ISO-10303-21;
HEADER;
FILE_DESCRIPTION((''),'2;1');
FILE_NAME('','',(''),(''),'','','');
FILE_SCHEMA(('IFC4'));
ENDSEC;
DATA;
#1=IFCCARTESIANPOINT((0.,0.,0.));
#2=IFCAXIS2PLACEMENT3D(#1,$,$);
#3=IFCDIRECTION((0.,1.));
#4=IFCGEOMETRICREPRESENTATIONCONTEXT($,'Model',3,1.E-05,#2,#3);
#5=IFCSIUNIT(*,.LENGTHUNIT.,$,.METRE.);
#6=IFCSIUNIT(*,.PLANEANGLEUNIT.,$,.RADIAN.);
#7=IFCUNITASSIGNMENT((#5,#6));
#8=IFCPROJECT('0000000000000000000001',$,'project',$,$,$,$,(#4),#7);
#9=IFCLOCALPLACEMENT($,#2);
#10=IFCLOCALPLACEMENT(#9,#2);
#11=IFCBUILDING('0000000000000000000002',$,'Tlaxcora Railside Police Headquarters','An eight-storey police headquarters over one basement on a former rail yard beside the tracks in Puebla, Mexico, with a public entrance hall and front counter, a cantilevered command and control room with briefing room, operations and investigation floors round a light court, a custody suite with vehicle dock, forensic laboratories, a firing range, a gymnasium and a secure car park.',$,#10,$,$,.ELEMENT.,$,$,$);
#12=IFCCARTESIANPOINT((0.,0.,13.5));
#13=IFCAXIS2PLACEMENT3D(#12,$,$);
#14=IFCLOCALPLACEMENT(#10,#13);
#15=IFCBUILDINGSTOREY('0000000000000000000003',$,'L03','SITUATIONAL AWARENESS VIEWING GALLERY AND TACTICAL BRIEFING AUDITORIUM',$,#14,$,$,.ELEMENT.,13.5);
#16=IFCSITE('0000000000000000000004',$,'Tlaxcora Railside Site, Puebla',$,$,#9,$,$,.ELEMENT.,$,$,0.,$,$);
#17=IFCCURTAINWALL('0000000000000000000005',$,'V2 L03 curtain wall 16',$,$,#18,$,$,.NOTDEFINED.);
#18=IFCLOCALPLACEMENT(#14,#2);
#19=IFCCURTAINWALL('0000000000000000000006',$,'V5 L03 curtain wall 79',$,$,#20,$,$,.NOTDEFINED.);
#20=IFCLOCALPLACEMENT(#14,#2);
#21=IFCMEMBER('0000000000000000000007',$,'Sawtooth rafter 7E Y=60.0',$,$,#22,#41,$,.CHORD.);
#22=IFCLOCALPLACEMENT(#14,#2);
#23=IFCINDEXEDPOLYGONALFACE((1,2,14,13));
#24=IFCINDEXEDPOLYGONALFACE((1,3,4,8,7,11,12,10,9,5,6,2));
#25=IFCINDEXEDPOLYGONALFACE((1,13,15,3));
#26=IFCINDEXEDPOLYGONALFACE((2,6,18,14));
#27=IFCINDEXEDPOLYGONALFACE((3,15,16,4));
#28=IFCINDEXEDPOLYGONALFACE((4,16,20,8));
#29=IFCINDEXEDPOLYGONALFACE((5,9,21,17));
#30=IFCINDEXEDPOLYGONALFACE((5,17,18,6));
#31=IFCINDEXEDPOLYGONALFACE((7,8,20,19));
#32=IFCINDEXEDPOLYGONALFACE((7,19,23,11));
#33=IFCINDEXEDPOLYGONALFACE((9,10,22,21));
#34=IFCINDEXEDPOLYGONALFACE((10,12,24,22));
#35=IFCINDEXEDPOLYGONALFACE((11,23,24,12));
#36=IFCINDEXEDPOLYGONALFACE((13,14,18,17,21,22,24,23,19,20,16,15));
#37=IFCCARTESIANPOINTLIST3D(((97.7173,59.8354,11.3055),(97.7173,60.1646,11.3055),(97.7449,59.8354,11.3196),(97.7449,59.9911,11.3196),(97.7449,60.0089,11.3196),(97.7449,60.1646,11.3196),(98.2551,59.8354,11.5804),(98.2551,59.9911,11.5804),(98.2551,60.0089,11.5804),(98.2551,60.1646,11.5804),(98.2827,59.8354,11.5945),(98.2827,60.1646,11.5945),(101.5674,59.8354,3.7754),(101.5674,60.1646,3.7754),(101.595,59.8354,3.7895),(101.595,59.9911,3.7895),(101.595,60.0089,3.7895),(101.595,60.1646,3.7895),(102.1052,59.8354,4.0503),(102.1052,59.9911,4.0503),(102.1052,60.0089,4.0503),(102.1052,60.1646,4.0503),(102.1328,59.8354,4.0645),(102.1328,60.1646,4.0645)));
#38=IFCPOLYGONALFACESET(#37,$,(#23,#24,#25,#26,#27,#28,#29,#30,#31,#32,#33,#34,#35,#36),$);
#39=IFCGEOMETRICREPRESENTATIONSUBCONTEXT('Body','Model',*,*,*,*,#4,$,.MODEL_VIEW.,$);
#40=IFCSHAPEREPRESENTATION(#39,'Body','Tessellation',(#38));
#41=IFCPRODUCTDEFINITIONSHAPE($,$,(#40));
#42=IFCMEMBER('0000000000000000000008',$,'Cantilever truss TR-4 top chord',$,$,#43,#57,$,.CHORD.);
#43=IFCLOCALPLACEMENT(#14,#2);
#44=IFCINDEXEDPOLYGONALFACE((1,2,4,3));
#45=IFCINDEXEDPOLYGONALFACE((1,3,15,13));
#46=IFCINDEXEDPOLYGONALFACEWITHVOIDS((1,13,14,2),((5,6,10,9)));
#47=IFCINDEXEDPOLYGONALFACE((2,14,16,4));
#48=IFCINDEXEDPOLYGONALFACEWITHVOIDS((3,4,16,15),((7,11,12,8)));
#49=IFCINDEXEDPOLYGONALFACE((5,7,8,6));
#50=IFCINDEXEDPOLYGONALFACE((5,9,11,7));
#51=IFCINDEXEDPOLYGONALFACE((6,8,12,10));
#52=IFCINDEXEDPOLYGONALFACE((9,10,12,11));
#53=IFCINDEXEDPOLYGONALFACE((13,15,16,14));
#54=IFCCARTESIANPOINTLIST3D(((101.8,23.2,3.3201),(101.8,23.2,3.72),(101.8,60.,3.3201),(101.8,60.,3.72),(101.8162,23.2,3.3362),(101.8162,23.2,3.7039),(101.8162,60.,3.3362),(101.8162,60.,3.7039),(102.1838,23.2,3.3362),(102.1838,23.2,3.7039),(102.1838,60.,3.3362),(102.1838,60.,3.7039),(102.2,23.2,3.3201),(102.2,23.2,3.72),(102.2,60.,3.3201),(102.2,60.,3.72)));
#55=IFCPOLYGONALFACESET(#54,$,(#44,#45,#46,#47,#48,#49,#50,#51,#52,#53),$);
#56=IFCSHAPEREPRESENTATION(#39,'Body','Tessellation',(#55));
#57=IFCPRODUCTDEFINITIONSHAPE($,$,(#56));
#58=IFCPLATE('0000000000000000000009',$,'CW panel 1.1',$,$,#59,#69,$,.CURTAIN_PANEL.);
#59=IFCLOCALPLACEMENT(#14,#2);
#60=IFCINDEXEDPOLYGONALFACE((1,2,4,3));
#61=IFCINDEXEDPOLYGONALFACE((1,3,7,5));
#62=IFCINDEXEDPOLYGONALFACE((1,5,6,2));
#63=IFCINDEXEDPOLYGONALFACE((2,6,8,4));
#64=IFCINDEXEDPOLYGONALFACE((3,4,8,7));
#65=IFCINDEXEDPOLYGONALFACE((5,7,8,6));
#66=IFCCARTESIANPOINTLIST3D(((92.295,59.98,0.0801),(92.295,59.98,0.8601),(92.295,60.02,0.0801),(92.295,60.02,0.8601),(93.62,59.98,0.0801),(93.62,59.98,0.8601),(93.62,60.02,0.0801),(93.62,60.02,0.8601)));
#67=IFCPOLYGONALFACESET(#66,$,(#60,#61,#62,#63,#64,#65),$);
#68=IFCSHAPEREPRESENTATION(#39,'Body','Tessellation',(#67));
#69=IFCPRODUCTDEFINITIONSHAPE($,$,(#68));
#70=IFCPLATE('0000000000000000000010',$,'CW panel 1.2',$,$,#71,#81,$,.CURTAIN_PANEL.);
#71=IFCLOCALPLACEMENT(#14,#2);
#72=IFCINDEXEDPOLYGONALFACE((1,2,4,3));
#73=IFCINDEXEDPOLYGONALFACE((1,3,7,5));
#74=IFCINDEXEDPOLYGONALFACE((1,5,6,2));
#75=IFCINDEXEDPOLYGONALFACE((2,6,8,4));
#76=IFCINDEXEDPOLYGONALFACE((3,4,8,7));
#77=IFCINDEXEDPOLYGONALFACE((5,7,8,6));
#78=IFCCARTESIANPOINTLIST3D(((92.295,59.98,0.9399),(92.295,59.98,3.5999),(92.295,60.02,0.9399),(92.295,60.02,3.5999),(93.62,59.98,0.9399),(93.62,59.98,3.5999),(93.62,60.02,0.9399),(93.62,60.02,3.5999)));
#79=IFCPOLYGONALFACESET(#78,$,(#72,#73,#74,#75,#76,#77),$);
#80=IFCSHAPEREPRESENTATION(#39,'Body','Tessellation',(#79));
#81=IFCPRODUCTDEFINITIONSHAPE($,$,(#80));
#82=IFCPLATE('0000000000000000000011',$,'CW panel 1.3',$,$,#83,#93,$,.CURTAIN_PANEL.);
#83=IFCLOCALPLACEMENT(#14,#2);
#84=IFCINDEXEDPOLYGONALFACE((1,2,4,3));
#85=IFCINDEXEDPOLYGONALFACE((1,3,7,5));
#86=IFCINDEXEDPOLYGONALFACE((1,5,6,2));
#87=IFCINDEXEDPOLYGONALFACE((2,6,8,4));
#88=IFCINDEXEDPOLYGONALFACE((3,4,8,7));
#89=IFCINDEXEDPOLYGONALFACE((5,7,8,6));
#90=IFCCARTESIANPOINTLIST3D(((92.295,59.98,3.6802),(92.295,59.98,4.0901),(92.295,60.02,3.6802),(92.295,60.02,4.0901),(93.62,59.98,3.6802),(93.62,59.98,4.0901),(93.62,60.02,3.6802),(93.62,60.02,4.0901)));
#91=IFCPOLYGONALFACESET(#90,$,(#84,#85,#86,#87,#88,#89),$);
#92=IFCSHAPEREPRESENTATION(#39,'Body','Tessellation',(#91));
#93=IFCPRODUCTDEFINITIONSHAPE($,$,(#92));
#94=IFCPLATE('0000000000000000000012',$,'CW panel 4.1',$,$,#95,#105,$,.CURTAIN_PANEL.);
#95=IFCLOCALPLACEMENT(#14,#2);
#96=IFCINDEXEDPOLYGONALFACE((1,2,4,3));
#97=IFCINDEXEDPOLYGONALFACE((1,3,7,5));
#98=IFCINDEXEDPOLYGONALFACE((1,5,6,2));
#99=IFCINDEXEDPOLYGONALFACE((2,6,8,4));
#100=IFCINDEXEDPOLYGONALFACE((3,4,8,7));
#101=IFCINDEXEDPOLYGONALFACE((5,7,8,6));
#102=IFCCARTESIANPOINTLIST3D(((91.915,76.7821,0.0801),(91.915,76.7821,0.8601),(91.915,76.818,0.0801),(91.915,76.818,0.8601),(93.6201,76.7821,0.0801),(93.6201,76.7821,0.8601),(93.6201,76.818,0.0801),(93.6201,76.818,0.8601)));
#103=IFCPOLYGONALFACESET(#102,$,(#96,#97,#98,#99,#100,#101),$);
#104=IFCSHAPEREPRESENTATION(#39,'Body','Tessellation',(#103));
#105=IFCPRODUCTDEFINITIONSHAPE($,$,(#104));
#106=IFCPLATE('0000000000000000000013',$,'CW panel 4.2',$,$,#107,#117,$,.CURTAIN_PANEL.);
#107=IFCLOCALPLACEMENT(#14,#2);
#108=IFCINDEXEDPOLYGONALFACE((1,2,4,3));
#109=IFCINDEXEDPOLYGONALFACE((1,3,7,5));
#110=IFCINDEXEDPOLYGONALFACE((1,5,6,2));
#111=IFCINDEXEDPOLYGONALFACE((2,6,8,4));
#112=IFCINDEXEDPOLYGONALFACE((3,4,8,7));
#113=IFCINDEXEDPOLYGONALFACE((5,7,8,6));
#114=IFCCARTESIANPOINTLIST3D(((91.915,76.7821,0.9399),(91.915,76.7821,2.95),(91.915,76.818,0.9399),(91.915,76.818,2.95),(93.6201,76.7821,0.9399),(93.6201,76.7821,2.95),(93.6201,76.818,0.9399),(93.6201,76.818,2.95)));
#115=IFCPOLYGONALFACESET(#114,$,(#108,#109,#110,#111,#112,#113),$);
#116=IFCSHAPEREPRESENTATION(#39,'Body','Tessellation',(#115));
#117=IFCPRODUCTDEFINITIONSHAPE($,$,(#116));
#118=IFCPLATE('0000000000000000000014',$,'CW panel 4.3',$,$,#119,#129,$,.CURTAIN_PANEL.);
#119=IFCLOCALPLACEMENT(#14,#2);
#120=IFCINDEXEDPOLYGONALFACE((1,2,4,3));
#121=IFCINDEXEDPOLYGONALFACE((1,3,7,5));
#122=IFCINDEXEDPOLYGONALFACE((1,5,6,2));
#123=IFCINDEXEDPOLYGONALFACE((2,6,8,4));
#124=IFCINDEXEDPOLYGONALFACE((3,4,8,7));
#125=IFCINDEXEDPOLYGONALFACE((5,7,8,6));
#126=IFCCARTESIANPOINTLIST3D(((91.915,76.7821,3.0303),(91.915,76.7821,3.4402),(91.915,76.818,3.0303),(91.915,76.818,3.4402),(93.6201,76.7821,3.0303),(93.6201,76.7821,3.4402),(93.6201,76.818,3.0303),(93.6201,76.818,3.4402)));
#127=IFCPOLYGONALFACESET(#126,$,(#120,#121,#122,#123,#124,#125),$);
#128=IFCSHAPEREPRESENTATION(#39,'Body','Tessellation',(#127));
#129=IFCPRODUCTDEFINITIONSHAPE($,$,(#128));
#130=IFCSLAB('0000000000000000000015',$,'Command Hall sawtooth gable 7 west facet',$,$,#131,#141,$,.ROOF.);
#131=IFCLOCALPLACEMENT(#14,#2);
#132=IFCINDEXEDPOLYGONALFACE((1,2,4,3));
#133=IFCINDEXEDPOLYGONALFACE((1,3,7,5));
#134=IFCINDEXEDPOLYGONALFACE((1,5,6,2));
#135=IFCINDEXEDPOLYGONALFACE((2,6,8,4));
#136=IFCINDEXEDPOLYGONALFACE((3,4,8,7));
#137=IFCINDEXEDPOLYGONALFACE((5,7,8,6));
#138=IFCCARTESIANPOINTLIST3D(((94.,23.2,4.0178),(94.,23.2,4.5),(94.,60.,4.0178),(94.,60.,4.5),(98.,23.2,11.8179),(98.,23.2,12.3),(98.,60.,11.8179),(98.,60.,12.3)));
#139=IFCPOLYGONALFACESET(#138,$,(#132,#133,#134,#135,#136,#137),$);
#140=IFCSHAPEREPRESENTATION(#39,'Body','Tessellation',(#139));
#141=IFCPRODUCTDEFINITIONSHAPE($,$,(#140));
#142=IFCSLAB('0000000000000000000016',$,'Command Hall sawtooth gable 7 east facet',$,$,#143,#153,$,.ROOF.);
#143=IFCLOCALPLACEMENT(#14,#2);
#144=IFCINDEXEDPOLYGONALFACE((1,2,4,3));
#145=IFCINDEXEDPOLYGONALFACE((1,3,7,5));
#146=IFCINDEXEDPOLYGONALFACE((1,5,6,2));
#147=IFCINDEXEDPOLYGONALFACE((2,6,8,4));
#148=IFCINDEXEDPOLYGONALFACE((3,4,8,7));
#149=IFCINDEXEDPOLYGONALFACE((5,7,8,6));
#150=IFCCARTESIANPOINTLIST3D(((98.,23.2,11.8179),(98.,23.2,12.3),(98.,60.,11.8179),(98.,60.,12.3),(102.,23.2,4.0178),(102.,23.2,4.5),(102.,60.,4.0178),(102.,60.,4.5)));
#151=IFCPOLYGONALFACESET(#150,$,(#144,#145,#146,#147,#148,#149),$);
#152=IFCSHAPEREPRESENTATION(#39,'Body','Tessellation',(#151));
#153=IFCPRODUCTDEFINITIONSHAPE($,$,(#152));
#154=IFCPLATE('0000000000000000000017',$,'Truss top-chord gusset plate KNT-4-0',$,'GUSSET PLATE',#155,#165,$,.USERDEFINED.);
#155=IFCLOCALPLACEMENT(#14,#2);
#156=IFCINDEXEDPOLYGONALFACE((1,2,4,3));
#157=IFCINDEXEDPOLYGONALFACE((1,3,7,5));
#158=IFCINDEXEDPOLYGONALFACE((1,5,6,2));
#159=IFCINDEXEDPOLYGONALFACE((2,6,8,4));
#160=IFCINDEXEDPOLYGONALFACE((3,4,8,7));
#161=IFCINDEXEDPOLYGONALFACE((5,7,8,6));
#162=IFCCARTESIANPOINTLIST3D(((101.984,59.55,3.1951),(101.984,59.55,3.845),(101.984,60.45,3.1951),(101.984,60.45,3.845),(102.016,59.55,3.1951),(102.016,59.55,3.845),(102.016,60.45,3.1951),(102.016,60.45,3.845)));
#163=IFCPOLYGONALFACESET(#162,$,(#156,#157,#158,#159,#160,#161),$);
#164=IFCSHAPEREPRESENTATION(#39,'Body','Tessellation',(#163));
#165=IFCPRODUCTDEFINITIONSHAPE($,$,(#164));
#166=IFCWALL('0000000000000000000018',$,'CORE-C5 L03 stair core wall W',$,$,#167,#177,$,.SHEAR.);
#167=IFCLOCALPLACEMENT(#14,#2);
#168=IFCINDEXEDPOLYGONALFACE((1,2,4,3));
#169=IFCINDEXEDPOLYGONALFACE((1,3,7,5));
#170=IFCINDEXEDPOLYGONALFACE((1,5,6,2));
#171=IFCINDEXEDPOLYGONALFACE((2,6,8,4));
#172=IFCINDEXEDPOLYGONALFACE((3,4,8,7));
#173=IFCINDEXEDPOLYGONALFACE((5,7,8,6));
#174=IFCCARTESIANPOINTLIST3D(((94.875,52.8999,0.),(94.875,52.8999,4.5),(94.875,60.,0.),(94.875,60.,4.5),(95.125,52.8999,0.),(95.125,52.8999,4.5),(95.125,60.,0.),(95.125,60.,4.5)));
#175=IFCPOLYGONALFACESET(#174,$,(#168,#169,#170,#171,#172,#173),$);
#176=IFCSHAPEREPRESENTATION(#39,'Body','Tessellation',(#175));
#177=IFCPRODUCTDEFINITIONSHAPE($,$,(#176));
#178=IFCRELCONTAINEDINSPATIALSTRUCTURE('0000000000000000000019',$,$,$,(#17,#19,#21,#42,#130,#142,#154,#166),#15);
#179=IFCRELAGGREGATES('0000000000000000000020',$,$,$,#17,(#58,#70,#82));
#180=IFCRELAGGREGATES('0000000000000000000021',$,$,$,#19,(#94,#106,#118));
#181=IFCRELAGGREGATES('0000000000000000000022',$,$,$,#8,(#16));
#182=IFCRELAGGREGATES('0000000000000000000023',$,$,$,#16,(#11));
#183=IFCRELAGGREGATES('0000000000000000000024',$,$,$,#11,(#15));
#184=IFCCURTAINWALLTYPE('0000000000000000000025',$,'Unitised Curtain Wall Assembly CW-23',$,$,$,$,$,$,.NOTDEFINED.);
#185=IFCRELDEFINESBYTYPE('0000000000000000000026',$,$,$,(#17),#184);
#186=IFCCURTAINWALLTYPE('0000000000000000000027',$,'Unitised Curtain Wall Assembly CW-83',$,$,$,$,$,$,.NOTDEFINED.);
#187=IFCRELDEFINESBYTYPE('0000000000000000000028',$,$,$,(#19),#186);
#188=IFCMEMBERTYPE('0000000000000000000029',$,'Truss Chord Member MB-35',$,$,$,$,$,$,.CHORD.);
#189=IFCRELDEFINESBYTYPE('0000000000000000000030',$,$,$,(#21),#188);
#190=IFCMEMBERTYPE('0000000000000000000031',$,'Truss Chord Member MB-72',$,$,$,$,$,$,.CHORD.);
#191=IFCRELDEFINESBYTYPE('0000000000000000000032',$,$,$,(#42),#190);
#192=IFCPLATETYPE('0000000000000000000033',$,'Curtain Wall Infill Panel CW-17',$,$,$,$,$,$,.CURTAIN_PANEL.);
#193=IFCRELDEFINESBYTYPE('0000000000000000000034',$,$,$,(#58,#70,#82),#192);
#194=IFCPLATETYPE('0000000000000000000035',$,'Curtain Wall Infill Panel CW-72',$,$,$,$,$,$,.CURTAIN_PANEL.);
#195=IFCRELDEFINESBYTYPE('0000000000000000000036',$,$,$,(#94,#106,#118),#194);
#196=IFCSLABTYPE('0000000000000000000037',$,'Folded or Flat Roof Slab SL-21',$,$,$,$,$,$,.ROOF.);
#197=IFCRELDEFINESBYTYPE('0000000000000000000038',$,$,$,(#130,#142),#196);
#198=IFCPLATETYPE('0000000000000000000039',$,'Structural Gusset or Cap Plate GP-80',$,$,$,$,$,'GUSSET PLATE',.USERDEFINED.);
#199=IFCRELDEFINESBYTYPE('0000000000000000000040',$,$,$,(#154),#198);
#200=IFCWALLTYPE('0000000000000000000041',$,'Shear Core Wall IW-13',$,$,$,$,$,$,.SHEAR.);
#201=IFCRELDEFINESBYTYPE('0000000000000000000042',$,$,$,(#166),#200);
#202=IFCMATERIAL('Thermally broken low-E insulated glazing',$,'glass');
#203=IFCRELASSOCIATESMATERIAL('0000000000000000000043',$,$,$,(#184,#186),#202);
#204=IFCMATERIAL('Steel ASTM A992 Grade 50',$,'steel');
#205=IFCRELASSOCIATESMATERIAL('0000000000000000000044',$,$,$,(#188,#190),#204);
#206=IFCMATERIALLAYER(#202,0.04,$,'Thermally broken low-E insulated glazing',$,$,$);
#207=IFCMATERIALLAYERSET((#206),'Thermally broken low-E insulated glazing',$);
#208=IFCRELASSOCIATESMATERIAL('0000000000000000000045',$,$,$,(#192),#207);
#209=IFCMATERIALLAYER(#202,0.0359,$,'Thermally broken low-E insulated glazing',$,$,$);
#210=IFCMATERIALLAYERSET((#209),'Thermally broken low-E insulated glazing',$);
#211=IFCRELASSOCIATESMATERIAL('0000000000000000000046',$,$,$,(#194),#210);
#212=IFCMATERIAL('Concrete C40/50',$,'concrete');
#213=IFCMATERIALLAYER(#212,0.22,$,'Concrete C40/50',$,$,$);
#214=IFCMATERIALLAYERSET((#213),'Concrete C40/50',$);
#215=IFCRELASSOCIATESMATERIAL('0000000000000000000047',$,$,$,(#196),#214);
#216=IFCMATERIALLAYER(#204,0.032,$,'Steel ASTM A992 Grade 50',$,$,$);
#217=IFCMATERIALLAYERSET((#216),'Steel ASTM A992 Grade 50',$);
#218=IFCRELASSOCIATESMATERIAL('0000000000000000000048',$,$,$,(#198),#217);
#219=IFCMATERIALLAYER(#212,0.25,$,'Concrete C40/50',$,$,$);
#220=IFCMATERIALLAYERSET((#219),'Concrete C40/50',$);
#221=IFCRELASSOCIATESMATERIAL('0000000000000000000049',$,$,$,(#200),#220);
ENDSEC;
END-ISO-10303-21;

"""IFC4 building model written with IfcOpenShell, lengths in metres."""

from ifc_helpers import new_model, si_unit, direction, frame, frame_2d, origin, origin_2d, place, context, subcontext, project, spatial, polyline, rectangle, hollow_rectangle, i_section, outline, extrude, material, layer, layer_set, material_profile, profile_set, type_object, element, aggregate, save


model = new_model("IFC4")

# Units and contexts
model_context = context("Model", 3, precision=1e-05, world=origin(), true_north=direction((0.0, 1.0)))
body_context = subcontext(model_context, "Body", "Model", "MODEL_VIEW")
ifc_project = project(units=[si_unit("LENGTHUNIT", "METRE"), si_unit("PLANEANGLEUNIT", "RADIAN")], contexts=[model_context])

# Site, building, storey
site_placement = place(None, origin())
site = spatial("IfcSite", under=ifc_project, at=site_placement, Name="Tlaxcora Railside Site, Puebla", CompositionType="ELEMENT", RefElevation=0.0)
building_placement = place(site_placement, origin())
building = spatial("IfcBuilding", under=site, at=building_placement, Name="Tlaxcora Railside Police Headquarters", Description="An eight-storey police headquarters over one basement on a former rail yard beside the tracks in Puebla, Mexico, with a public entrance hall and front counter, a cantilevered command and control room with briefing room, operations and investigation floors round a light court, a custody suite with vehicle dock, forensic laboratories, a firing range, a gymnasium and a secure car park.", CompositionType="ELEMENT")
storey_placement = place(building_placement, frame((0.0, 0.0, 13.5)))
storey = spatial("IfcBuildingStorey", under=building, at=storey_placement, Name="L03", Description="SITUATIONAL AWARENESS VIEWING GALLERY AND TACTICAL BRIEFING AUDITORIUM", CompositionType="ELEMENT", Elevation=13.5)

# Shared definitions
ifc_material_1 = material(Name="Concrete C40/50", Category="concrete")

# Curtain wall
ifc_material_2 = material(Name="Thermally broken low-E insulated glazing", Category="glass")
curtain_wall_type_1 = type_object("IfcCurtainWallType", Name="Unitised Curtain Wall Assembly CW-23", PredefinedType="NOTDEFINED", material=ifc_material_2)
curtain_wall_1_placement = place(storey_placement, origin())
curtain_wall_1 = element("IfcCurtainWall", 1, at=curtain_wall_1_placement, inside=storey, type_object=curtain_wall_type_1, Name="V2 L03 curtain wall 16", PredefinedType="NOTDEFINED")

# Curtain wall
curtain_wall_type_2 = type_object("IfcCurtainWallType", Name="Unitised Curtain Wall Assembly CW-83", PredefinedType="NOTDEFINED", material=ifc_material_2)
curtain_wall_2_placement = place(storey_placement, origin())
curtain_wall_2 = element("IfcCurtainWall", 2, at=curtain_wall_2_placement, inside=storey, type_object=curtain_wall_type_2, Name="V5 L03 curtain wall 79", PredefinedType="NOTDEFINED")

# Shared definitions
ifc_material_3 = material(Name="Steel ASTM A992 Grade 50", Category="steel")

# Members
ifc_material_profile_1 = material_profile(ifc_material_3, i_section(OverallWidth=0.3291, OverallDepth=0.635, WebThickness=0.0178, FlangeThickness=0.031, at=origin_2d()), Name="W24X162")
ifc_profile_set_1 = profile_set([ifc_material_profile_1], Name="Steel ASTM A992 Grade 50")
member_type_1 = type_object("IfcMemberType", Name="Truss Chord Member MB-35", PredefinedType="CHORD", material=ifc_profile_set_1)
for number, where, z_axis, x_axis, name in (
    (3, (101.8501, 60.0, 3.9199), (-0.455244, 0.0, 0.890367), (0.0, -1.0, 0.0), "Sawtooth rafter 7E Y=60.0"),
):
    element("IfcMember", number, at=place(storey_placement, frame(where, z_axis=z_axis, x_axis=x_axis)), inside=storey, type_object=member_type_1, Name=name, PredefinedType="CHORD", context=body_context, shape_type="SweptSolid", body=[
        extrude(i_section(OverallWidth=0.3291, OverallDepth=0.635, WebThickness=0.0178, FlangeThickness=0.031, at=origin_2d()), origin(), (0.0, 0.0, 1.0), 8.4573),
    ])
ifc_material_profile_2 = material_profile(ifc_material_3, hollow_rectangle(XDim=0.3999, YDim=0.3999, WallThickness=0.0161, at=origin_2d()), Name="HSS400X400X16")
ifc_profile_set_2 = profile_set([ifc_material_profile_2], Name="Steel ASTM A992 Grade 50")
member_type_2 = type_object("IfcMemberType", Name="Truss Chord Member MB-72", PredefinedType="CHORD", material=ifc_profile_set_2)
member_1_placement = place(storey_placement, frame((102.0, 60.0, 3.52), z_axis=(0.0, -1.0, 0.0), x_axis=(1.0, 0.0, 0.0)))
element("IfcMember", 4, at=member_1_placement, inside=storey, type_object=member_type_2, Name="Cantilever truss TR-4 top chord", PredefinedType="CHORD", context=body_context, shape_type="SweptSolid", body=[
    extrude(hollow_rectangle(XDim=0.3999, YDim=0.3999, WallThickness=0.0161, at=origin_2d()), origin(), (0.0, 0.0, 1.0), 36.8),
])

# Plates
ifc_layer_1 = layer(ifc_material_2, 0.04, Name="Thermally broken low-E insulated glazing")
ifc_layer_set_1 = layer_set([ifc_layer_1], Name="Thermally broken low-E insulated glazing")
plate_type_1 = type_object("IfcPlateType", Name="Curtain Wall Infill Panel CW-17", PredefinedType="CURTAIN_PANEL", material=ifc_layer_set_1)
plate_1_placement = place(storey_placement, frame((92.9575, 60.0, 0.0801), z_axis=(0.0, 0.0, 1.0), x_axis=(-1.0, 0.0, 0.0)))
plate_1 = element("IfcPlate", 5, at=plate_1_placement, type_object=plate_type_1, Name="CW panel 1.1", PredefinedType="CURTAIN_PANEL", context=body_context, shape_type="SweptSolid", body=[
    extrude(rectangle(XDim=1.325, YDim=0.04, at=origin_2d()), origin(), (0.0, 0.0, 1.0), 0.78),
])
plate_2_placement = place(storey_placement, frame((92.9575, 60.0, 0.9399), z_axis=(0.0, 0.0, 1.0), x_axis=(-1.0, 0.0, 0.0)))
plate_2 = element("IfcPlate", 6, at=plate_2_placement, type_object=plate_type_1, Name="CW panel 1.2", PredefinedType="CURTAIN_PANEL", context=body_context, shape_type="SweptSolid", body=[
    extrude(rectangle(XDim=1.325, YDim=0.04, at=origin_2d()), origin(), (0.0, 0.0, 1.0), 2.6599),
])
plate_3_placement = place(storey_placement, frame((92.9575, 60.0, 3.6802), z_axis=(0.0, 0.0, 1.0), x_axis=(-1.0, 0.0, 0.0)))
plate_3 = element("IfcPlate", 7, at=plate_3_placement, type_object=plate_type_1, Name="CW panel 1.3", PredefinedType="CURTAIN_PANEL", context=body_context, shape_type="SweptSolid", body=[
    extrude(rectangle(XDim=1.325, YDim=0.04, at=origin_2d()), origin(), (0.0, 0.0, 1.0), 0.4099),
])
aggregate(curtain_wall_1, [plate_1, plate_2, plate_3])
ifc_layer_2 = layer(ifc_material_2, 0.0359, Name="Thermally broken low-E insulated glazing")
ifc_layer_set_2 = layer_set([ifc_layer_2], Name="Thermally broken low-E insulated glazing")
plate_type_2 = type_object("IfcPlateType", Name="Curtain Wall Infill Panel CW-72", PredefinedType="CURTAIN_PANEL", material=ifc_layer_set_2)
plate_4_placement = place(storey_placement, frame((92.7676, 76.8, 0.0801), z_axis=(0.0, 0.0, 1.0), x_axis=(1.0, 0.0, 0.0)))
plate_4 = element("IfcPlate", 8, at=plate_4_placement, type_object=plate_type_2, Name="CW panel 4.1", PredefinedType="CURTAIN_PANEL", context=body_context, shape_type="SweptSolid", body=[
    extrude(rectangle(XDim=1.7051, YDim=0.0359, at=origin_2d()), origin(), (0.0, 0.0, 1.0), 0.78),
])
plate_5_placement = place(storey_placement, frame((92.7676, 76.8, 0.9399), z_axis=(0.0, 0.0, 1.0), x_axis=(1.0, 0.0, 0.0)))
plate_5 = element("IfcPlate", 9, at=plate_5_placement, type_object=plate_type_2, Name="CW panel 4.2", PredefinedType="CURTAIN_PANEL", context=body_context, shape_type="SweptSolid", body=[
    extrude(rectangle(XDim=1.7051, YDim=0.0359, at=origin_2d()), origin(), (0.0, 0.0, 1.0), 2.01),
])
plate_6_placement = place(storey_placement, frame((92.7676, 76.8, 3.0303), z_axis=(0.0, 0.0, 1.0), x_axis=(1.0, 0.0, 0.0)))
plate_6 = element("IfcPlate", 10, at=plate_6_placement, type_object=plate_type_2, Name="CW panel 4.3", PredefinedType="CURTAIN_PANEL", context=body_context, shape_type="SweptSolid", body=[
    extrude(rectangle(XDim=1.7051, YDim=0.0359, at=origin_2d()), origin(), (0.0, 0.0, 1.0), 0.4099),
])
aggregate(curtain_wall_2, [plate_4, plate_5, plate_6])

# Slabs
ifc_layer_3 = layer(ifc_material_1, 0.22, Name="Concrete C40/50")
ifc_layer_set_3 = layer_set([ifc_layer_3], Name="Concrete C40/50")
slab_type = type_object("IfcSlabType", Name="Folded or Flat Roof Slab SL-21", PredefinedType="ROOF", material=ifc_layer_set_3)
slab_1_placement = place(storey_placement, frame((94.0, 60.0, 0.0), z_axis=(0.0, -1.0, 0.0), x_axis=(1.0, 0.0, 0.0)))
element("IfcSlab", 11, at=slab_1_placement, inside=storey, type_object=slab_type, Name="Command Hall sawtooth gable 7 west facet", PredefinedType="ROOF", context=body_context, shape_type="SweptSolid", body=[
    extrude(outline(polyline([(0.0, 4.0178), (4.0, 11.8179), (4.0, 12.3), (0.0, 4.5), (0.0, 4.0178)])), origin(), (0.0, 0.0, 1.0), 36.8),
])
slab_2_placement = place(storey_placement, frame((98.0, 60.0, 0.0), z_axis=(0.0, -1.0, 0.0), x_axis=(1.0, 0.0, 0.0)))
element("IfcSlab", 12, at=slab_2_placement, inside=storey, type_object=slab_type, Name="Command Hall sawtooth gable 7 east facet", PredefinedType="ROOF", context=body_context, shape_type="SweptSolid", body=[
    extrude(outline(polyline([(0.0, 11.8179), (4.0, 4.0178), (4.0, 4.5), (0.0, 12.3), (0.0, 11.8179)])), origin(), (0.0, 0.0, 1.0), 36.8),
])

# Plate
ifc_layer_4 = layer(ifc_material_3, 0.032, Name="Steel ASTM A992 Grade 50")
ifc_layer_set_4 = layer_set([ifc_layer_4], Name="Steel ASTM A992 Grade 50")
plate_type_3 = type_object("IfcPlateType", Name="Structural Gusset or Cap Plate GP-80", ElementType="GUSSET PLATE", PredefinedType="USERDEFINED", material=ifc_layer_set_4)
plate_7_placement = place(storey_placement, frame((102.0, 60.0, 3.1951), z_axis=(0.0, 0.0, 1.0), x_axis=(0.0, 1.0, 0.0)))
element("IfcPlate", 13, at=plate_7_placement, inside=storey, type_object=plate_type_3, Name="Truss top-chord gusset plate KNT-4-0", ObjectType="GUSSET PLATE", PredefinedType="USERDEFINED", context=body_context, shape_type="SweptSolid", body=[
    extrude(rectangle(XDim=0.8999, YDim=0.032, at=origin_2d()), origin(), (0.0, 0.0, 1.0), 0.6499),
])

# Wall
ifc_layer_5 = layer(ifc_material_1, 0.25, Name="Concrete C40/50")
ifc_layer_set_5 = layer_set([ifc_layer_5], Name="Concrete C40/50")
wall_type_1 = type_object("IfcWallType", Name="Shear Core Wall IW-13", PredefinedType="SHEAR", material=ifc_layer_set_5)
wall_1_placement = place(storey_placement, frame((95.0, 60.0, 0.0), z_axis=(0.0, 0.0, 1.0), x_axis=(0.0, -1.0, 0.0)))
element("IfcWall", 14, at=wall_1_placement, inside=storey, type_object=wall_type_1, Name="CORE-C5 L03 stair core wall W", PredefinedType="SHEAR", context=body_context, shape_type="SweptSolid", body=[
    extrude(rectangle(XDim=7.1001, YDim=0.25, at=frame_2d((3.55, 0.0))), origin(), (0.0, 0.0, 1.0), 4.5),
])

save(model, "model.ifc")
